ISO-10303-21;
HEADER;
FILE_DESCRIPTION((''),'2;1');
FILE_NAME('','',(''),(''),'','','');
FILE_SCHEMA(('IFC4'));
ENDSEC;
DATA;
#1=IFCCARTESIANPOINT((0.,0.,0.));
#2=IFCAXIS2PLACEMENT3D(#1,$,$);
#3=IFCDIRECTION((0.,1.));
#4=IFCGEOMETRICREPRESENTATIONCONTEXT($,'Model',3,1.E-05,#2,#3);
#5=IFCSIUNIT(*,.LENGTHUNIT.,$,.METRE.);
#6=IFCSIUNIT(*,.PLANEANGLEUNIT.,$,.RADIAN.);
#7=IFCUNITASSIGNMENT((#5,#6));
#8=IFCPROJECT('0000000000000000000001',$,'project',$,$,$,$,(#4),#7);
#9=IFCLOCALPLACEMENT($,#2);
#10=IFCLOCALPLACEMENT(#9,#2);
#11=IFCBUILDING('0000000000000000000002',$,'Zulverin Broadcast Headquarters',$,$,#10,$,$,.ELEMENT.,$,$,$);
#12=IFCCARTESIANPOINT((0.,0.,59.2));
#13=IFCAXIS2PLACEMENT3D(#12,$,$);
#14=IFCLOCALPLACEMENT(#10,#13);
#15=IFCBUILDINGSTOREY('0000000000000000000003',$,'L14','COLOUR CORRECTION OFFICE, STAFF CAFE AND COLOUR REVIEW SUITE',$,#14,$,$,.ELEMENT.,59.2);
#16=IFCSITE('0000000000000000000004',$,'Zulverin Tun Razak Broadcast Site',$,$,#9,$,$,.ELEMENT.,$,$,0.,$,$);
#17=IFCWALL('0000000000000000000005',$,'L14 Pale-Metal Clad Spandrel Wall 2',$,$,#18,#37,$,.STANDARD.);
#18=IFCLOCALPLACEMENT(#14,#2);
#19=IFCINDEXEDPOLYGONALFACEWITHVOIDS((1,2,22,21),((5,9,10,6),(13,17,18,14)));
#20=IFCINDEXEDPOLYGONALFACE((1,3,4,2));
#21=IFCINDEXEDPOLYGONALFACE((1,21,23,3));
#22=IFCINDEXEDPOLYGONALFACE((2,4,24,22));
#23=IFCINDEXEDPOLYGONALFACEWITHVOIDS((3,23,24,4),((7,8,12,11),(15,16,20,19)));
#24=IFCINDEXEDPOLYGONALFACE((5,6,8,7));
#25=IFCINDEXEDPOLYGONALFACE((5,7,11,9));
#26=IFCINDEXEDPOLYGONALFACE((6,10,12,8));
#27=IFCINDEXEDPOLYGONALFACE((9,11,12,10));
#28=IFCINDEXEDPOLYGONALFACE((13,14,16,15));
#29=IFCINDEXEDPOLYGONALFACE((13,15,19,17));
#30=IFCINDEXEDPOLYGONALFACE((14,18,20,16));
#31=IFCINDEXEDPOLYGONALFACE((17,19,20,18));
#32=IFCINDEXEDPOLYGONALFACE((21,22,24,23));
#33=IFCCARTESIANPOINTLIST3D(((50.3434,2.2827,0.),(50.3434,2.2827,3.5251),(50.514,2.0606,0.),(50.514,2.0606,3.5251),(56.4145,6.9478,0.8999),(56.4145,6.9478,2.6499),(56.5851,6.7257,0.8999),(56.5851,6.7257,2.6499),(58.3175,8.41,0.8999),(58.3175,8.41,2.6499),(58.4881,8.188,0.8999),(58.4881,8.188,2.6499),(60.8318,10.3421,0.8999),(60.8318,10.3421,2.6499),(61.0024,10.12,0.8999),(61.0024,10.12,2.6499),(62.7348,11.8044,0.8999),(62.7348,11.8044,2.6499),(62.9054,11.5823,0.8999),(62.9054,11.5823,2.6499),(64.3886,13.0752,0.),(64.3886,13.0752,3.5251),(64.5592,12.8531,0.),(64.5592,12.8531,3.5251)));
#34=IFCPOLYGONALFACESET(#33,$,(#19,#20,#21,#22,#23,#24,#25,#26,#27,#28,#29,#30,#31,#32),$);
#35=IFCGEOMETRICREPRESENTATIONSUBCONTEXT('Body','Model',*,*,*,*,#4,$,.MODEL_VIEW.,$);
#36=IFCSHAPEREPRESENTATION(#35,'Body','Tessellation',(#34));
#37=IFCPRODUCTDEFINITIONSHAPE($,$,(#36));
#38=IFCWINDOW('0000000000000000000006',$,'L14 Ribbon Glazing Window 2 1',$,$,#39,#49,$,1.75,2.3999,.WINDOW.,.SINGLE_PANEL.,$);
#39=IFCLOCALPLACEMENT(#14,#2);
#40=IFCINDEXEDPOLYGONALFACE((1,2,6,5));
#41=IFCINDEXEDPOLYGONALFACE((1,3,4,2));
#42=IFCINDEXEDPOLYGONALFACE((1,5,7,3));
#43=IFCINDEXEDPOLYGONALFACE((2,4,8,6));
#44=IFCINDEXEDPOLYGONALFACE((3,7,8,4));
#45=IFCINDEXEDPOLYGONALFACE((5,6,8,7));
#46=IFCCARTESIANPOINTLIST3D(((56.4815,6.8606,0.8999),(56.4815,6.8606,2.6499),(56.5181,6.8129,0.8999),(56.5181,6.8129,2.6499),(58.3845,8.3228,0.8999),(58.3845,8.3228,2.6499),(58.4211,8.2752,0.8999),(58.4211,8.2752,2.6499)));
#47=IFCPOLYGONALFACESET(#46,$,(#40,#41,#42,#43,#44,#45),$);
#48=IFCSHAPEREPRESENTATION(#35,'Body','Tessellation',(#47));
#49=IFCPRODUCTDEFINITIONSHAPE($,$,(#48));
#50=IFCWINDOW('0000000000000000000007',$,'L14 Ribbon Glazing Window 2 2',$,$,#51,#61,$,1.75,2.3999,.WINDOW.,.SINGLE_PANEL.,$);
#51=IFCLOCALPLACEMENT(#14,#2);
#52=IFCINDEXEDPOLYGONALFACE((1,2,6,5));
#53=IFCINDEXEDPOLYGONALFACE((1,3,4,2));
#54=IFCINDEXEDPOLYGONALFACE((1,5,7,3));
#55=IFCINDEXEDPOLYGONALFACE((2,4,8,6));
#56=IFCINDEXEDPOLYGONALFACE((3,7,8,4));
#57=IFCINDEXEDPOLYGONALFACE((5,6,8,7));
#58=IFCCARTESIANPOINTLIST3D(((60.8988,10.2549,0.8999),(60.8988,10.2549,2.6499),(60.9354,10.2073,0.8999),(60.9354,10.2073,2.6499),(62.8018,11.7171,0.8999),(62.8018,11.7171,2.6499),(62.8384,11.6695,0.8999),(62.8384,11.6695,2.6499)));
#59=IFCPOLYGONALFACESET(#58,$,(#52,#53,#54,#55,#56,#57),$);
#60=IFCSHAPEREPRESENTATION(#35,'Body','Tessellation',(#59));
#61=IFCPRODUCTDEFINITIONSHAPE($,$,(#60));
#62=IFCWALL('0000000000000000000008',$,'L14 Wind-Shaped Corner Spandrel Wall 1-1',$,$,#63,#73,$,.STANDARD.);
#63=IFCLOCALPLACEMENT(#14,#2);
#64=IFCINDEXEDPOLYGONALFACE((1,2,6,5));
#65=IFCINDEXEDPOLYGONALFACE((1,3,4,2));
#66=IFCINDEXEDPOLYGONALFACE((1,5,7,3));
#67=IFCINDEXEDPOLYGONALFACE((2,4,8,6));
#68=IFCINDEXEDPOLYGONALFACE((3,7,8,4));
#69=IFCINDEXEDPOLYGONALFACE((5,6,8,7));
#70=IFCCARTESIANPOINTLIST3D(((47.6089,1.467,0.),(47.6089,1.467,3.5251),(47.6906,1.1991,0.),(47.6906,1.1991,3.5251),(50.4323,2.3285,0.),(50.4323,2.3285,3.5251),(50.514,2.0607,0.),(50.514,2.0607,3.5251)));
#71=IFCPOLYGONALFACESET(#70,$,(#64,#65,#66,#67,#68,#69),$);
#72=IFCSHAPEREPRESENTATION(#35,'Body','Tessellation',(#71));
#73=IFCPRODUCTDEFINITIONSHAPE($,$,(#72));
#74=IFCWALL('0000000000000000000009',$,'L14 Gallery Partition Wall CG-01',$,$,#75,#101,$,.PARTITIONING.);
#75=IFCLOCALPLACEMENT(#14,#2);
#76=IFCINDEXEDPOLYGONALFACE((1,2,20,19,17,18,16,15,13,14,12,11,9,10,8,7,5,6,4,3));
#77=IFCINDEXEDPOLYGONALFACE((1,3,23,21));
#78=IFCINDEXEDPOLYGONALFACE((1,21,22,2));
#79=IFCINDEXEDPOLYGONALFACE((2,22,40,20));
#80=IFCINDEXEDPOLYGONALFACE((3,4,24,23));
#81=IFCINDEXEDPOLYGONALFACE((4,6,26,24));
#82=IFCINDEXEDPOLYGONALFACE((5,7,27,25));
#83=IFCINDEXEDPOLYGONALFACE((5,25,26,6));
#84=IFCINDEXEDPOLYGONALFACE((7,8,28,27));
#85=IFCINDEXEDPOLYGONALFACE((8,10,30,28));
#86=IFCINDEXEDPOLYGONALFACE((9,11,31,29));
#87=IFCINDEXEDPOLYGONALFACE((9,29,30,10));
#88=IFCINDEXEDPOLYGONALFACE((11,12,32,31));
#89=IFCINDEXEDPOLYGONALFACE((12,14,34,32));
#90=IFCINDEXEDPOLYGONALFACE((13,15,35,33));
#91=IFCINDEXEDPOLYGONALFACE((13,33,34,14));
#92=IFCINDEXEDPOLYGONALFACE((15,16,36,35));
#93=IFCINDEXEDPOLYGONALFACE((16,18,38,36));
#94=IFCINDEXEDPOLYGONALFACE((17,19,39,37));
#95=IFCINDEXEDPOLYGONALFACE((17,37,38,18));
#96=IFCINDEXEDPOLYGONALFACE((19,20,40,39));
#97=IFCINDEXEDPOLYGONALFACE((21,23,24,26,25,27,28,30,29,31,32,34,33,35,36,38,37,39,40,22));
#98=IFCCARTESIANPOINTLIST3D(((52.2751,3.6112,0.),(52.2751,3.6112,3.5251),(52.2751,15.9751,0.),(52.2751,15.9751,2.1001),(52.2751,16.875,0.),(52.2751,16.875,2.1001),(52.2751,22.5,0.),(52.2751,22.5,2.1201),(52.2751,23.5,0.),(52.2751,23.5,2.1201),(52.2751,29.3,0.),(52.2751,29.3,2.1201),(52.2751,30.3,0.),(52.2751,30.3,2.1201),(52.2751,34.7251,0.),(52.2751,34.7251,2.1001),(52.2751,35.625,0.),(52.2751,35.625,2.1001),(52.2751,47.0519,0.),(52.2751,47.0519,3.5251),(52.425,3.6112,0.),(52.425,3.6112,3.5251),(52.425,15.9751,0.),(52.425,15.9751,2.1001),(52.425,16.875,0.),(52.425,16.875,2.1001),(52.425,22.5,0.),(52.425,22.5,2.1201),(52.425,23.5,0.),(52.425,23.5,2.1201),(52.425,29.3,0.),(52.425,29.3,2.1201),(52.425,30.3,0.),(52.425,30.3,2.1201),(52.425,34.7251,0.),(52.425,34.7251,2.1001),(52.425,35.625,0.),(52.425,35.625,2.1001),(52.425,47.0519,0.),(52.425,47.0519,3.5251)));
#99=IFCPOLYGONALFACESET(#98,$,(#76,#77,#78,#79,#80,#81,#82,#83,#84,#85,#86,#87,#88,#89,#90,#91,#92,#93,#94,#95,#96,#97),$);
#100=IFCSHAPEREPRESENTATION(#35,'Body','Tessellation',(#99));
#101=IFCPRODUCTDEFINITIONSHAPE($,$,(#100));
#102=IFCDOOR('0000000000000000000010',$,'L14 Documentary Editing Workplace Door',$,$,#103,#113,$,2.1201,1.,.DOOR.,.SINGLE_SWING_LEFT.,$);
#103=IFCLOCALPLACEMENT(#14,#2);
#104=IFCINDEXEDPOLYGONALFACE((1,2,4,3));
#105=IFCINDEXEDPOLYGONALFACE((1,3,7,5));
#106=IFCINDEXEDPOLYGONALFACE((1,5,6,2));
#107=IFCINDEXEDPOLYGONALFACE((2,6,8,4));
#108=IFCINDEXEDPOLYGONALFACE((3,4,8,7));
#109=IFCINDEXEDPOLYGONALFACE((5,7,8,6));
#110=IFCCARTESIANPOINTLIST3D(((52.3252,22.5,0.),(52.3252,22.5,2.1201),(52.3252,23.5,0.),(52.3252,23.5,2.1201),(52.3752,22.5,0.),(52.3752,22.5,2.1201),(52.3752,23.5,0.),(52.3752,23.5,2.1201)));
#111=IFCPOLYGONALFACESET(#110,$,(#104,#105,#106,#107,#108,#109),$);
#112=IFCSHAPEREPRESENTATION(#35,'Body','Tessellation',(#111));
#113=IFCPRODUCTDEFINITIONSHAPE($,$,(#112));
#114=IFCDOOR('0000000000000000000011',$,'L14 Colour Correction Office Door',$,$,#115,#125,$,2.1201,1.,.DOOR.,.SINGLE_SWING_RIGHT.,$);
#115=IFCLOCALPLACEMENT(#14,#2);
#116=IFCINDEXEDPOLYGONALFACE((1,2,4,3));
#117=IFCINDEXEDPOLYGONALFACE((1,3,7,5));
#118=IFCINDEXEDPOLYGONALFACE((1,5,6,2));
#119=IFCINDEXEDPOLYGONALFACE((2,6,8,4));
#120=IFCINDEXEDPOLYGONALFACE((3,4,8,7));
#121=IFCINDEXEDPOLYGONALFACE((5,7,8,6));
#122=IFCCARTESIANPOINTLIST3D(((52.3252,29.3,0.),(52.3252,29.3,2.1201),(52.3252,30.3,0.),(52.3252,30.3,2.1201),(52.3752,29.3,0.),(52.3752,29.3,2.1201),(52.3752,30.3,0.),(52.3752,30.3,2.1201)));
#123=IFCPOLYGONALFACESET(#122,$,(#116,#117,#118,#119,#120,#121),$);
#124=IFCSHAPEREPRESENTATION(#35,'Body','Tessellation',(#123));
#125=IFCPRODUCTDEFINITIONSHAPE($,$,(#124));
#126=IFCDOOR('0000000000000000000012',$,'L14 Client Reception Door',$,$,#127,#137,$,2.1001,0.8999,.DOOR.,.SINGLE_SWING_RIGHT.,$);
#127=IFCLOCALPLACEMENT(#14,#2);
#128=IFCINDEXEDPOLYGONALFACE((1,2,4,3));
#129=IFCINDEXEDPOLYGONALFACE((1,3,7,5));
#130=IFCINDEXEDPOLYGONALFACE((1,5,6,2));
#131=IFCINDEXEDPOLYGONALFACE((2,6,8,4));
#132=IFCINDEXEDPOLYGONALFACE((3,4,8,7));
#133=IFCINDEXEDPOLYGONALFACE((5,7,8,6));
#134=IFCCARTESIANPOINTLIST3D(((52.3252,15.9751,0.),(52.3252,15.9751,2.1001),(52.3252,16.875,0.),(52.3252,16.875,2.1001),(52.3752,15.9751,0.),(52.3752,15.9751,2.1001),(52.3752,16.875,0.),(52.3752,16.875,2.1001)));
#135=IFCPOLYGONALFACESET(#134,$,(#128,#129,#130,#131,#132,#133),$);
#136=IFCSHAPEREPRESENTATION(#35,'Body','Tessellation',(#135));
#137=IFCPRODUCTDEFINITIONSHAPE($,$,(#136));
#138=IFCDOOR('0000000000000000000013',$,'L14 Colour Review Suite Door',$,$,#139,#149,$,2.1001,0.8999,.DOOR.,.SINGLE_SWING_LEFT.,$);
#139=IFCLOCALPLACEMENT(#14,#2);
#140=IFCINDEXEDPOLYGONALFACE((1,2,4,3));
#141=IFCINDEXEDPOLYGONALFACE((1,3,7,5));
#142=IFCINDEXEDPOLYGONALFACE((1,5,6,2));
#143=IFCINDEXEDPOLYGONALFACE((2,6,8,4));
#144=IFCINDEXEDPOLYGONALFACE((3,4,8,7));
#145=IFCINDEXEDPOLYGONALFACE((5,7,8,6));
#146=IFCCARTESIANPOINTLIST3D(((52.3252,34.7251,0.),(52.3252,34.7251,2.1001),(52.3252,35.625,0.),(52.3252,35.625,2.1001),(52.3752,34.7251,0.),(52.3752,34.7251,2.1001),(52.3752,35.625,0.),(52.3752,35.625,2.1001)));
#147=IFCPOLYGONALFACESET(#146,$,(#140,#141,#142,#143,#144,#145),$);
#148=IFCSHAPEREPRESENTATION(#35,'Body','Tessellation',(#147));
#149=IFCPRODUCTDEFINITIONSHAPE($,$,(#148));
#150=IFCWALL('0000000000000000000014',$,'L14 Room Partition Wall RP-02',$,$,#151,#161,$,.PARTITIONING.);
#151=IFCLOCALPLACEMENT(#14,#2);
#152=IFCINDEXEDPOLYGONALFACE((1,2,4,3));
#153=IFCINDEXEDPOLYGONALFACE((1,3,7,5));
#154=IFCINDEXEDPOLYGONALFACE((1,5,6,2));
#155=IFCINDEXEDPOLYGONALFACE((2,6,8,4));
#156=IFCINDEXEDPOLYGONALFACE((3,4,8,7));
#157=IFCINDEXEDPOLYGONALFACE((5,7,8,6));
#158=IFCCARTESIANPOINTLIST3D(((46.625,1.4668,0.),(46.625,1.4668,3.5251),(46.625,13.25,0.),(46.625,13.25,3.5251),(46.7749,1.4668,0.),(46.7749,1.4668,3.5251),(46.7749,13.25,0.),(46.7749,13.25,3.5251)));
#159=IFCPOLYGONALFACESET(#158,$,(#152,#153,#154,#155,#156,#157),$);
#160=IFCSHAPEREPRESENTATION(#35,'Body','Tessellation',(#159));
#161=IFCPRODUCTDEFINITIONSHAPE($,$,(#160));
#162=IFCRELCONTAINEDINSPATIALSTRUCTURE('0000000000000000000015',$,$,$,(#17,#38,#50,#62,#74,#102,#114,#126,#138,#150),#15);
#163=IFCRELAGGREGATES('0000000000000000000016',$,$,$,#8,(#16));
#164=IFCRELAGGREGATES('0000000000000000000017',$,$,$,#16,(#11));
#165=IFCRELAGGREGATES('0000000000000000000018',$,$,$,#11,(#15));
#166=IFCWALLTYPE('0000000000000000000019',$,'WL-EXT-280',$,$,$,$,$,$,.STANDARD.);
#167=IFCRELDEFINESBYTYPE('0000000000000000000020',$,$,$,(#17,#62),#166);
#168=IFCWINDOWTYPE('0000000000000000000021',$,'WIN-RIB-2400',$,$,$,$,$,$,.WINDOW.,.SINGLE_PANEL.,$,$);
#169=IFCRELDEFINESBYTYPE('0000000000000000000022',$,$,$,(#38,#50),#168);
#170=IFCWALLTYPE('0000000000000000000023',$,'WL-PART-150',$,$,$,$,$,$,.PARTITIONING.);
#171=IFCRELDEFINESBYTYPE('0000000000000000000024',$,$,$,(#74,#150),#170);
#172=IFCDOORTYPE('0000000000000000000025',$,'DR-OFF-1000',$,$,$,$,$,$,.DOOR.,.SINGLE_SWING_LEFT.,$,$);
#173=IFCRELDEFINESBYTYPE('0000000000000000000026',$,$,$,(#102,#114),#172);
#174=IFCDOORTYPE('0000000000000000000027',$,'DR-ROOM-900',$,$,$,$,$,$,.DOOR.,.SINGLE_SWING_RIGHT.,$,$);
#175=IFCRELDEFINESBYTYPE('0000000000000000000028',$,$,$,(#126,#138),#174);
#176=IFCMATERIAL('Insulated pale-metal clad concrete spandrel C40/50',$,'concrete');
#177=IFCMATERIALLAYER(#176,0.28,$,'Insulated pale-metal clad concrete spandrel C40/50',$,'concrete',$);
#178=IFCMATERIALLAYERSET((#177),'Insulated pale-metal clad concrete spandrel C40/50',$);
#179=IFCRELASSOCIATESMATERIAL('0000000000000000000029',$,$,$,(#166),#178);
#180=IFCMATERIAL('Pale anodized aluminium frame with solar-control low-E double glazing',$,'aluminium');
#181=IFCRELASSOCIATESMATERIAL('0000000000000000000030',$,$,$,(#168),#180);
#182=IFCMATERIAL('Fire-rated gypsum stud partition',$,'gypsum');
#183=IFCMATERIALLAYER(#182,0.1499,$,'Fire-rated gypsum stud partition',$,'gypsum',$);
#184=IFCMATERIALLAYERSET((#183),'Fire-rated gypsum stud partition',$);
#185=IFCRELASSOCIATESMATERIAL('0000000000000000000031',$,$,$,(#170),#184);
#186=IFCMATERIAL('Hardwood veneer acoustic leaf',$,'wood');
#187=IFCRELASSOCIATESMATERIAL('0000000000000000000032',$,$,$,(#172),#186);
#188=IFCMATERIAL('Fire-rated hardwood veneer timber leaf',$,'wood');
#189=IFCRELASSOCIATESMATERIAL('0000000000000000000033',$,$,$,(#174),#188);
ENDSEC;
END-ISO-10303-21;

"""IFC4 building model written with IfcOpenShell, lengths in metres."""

from ifc_helpers import new_model, si_unit, direction, frame, frame_2d, origin, place, context, subcontext, project, spatial, rectangle, extrude, material, layer, layer_set, type_object, element, fill, save


model = new_model("IFC4")

# Units and contexts
model_context = context("Model", 3, precision=1e-05, world=origin(), true_north=direction((0.0, 1.0)))
body_context = subcontext(model_context, "Body", "Model", "MODEL_VIEW")
ifc_project = project(units=[si_unit("LENGTHUNIT", "METRE"), si_unit("PLANEANGLEUNIT", "RADIAN")], contexts=[model_context])

# Site, building, storey
site_placement = place(None, origin())
site = spatial("IfcSite", under=ifc_project, at=site_placement, Name="Zulverin Tun Razak Broadcast Site", CompositionType="ELEMENT", RefElevation=0.0)
building_placement = place(site_placement, origin())
building = spatial("IfcBuilding", under=site, at=building_placement, Name="Zulverin Broadcast Headquarters", CompositionType="ELEMENT")
storey_placement = place(building_placement, frame((0.0, 0.0, 59.2)))
storey = spatial("IfcBuildingStorey", under=building, at=storey_placement, Name="L14", Description="COLOUR CORRECTION OFFICE, STAFF CAFE AND COLOUR REVIEW SUITE", CompositionType="ELEMENT", Elevation=59.2)

# Wall, openings, windows
ifc_material_1 = material(Name="Insulated pale-metal clad concrete spandrel C40/50", Category="concrete")
ifc_layer_1 = layer(ifc_material_1, 0.28, Name="Insulated pale-metal clad concrete spandrel C40/50", Category="concrete")
ifc_layer_set_1 = layer_set([ifc_layer_1], Name="Insulated pale-metal clad concrete spandrel C40/50")
wall_type_1 = type_object("IfcWallType", Name="WL-EXT-280", PredefinedType="STANDARD", material=ifc_layer_set_1)
wall_1_placement = place(storey_placement, frame((50.4287, 2.1716, 0.0), z_axis=(0.0, 0.0, 1.0), x_axis=(0.792937, 0.609303, 0.0)))
wall_1 = element("IfcWall", 1, at=wall_1_placement, inside=storey, type_object=wall_type_1, Name="L14 Pale-Metal Clad Spandrel Wall 2", PredefinedType="STANDARD", context=body_context, shape_type="SweptSolid", body=[
    extrude(rectangle(XDim=17.7129, YDim=0.28, at=frame_2d((8.8564, 0.0))), origin(), (0.0, 0.0, 1.0), 3.5251),
])
opening_1_placement = place(wall_1_placement, frame((7.6565, 0.0, 0.8999)))
opening_1 = element("IfcOpeningElement", 2, at=opening_1_placement, cuts=wall_1, PredefinedType="OPENING", context=body_context, shape_type="SweptSolid", body=[
    extrude(rectangle(XDim=2.3999, YDim=1.75, at=frame_2d((1.2, 0.875))), frame((0.0, 0.1499, 0.0), z_axis=(0.0, -1.0, 0.0), x_axis=(1.0, 0.0, 0.0)), (0.0, 0.0, 1.0), 0.3),
])
opening_2_placement = place(wall_1_placement, frame((13.2273, 0.0, 0.8999)))
opening_2 = element("IfcOpeningElement", 3, at=opening_2_placement, cuts=wall_1, PredefinedType="OPENING", context=body_context, shape_type="SweptSolid", body=[
    extrude(rectangle(XDim=2.3999, YDim=1.75, at=frame_2d((1.2, 0.875))), frame((0.0, 0.1499, 0.0), z_axis=(0.0, -1.0, 0.0), x_axis=(1.0, 0.0, 0.0)), (0.0, 0.0, 1.0), 0.3),
])
ifc_material_2 = material(Name="Pale anodized aluminium frame with solar-control low-E double glazing", Category="aluminium")
window_type = type_object("IfcWindowType", Name="WIN-RIB-2400", PartitioningType="SINGLE_PANEL", PredefinedType="WINDOW", material=ifc_material_2)
window_1_placement = place(opening_1_placement, origin())
window_1 = element("IfcWindow", 4, at=window_1_placement, inside=storey, type_object=window_type, Name="L14 Ribbon Glazing Window 2 1", OverallHeight=1.75, OverallWidth=2.3999, PartitioningType="SINGLE_PANEL", PredefinedType="WINDOW", context=body_context, shape_type="SweptSolid", body=[
    extrude(rectangle(XDim=2.3999, YDim=1.75, at=frame_2d((1.2, 0.875))), frame((0.0, 0.03, 0.0), z_axis=(0.0, -1.0, 0.0), x_axis=(1.0, 0.0, 0.0)), (0.0, 0.0, 1.0), 0.0601),
])
fill(opening_1, window_1)
window_2_placement = place(opening_2_placement, origin())
window_2 = element("IfcWindow", 5, at=window_2_placement, inside=storey, type_object=window_type, Name="L14 Ribbon Glazing Window 2 2", OverallHeight=1.75, OverallWidth=2.3999, PartitioningType="SINGLE_PANEL", PredefinedType="WINDOW", context=body_context, shape_type="SweptSolid", body=[
    extrude(rectangle(XDim=2.3999, YDim=1.75, at=frame_2d((1.2, 0.875))), frame((0.0, 0.03, 0.0), z_axis=(0.0, -1.0, 0.0), x_axis=(1.0, 0.0, 0.0)), (0.0, 0.0, 1.0), 0.0601),
])
fill(opening_2, window_2)

# Wall
wall_2_placement = place(storey_placement, frame((47.6497, 1.333, 0.0), z_axis=(0.0, 0.0, 1.0), x_axis=(0.956461, 0.291859, 0.0)))
element("IfcWall", 6, at=wall_2_placement, inside=storey, type_object=wall_type_1, Name="L14 Wind-Shaped Corner Spandrel Wall 1-1", PredefinedType="STANDARD", context=body_context, shape_type="SweptSolid", body=[
    extrude(rectangle(XDim=2.9519, YDim=0.28, at=frame_2d((1.4761, 0.0))), origin(), (0.0, 0.0, 1.0), 3.5251),
])

# Wall, openings, doors
ifc_material_3 = material(Name="Fire-rated gypsum stud partition", Category="gypsum")
ifc_layer_2 = layer(ifc_material_3, 0.1499, Name="Fire-rated gypsum stud partition", Category="gypsum")
ifc_layer_set_2 = layer_set([ifc_layer_2], Name="Fire-rated gypsum stud partition")
wall_type_2 = type_object("IfcWallType", Name="WL-PART-150", PredefinedType="PARTITIONING", material=ifc_layer_set_2)
wall_3_placement = place(storey_placement, frame((52.3501, 3.6113, 0.0), z_axis=(0.0, 0.0, 1.0), x_axis=(0.0, 1.0, 0.0)))
wall_3 = element("IfcWall", 7, at=wall_3_placement, inside=storey, type_object=wall_type_2, Name="L14 Gallery Partition Wall CG-01", PredefinedType="PARTITIONING", context=body_context, shape_type="SweptSolid", body=[
    extrude(rectangle(XDim=43.4407, YDim=0.1499, at=frame_2d((21.7202, 0.0))), origin(), (0.0, 0.0, 1.0), 3.5251),
])
opening_3_placement = place(wall_3_placement, frame((12.3638, 0.0, 0.0)))
opening_3 = element("IfcOpeningElement", 8, at=opening_3_placement, cuts=wall_3, PredefinedType="OPENING", context=body_context, shape_type="SweptSolid", body=[
    extrude(rectangle(XDim=0.8999, YDim=2.1001, at=frame_2d((0.45, 1.05))), frame((0.0, 0.085, 0.0), z_axis=(0.0, -1.0, 0.0), x_axis=(1.0, 0.0, 0.0)), (0.0, 0.0, 1.0), 0.1699),
])
opening_4_placement = place(wall_3_placement, frame((18.8887, 0.0, 0.0)))
opening_4 = element("IfcOpeningElement", 9, at=opening_4_placement, cuts=wall_3, PredefinedType="OPENING", context=body_context, shape_type="SweptSolid", body=[
    extrude(rectangle(XDim=1.0, YDim=2.1201, at=frame_2d((0.5, 1.0601))), frame((0.0, 0.085, 0.0), z_axis=(0.0, -1.0, 0.0), x_axis=(1.0, 0.0, 0.0)), (0.0, 0.0, 1.0), 0.1699),
])
opening_5_placement = place(wall_3_placement, frame((25.6887, 0.0, 0.0)))
opening_5 = element("IfcOpeningElement", 10, at=opening_5_placement, cuts=wall_3, PredefinedType="OPENING", context=body_context, shape_type="SweptSolid", body=[
    extrude(rectangle(XDim=1.0, YDim=2.1201, at=frame_2d((0.5, 1.0601))), frame((0.0, 0.085, 0.0), z_axis=(0.0, -1.0, 0.0), x_axis=(1.0, 0.0, 0.0)), (0.0, 0.0, 1.0), 0.1699),
])
opening_6_placement = place(wall_3_placement, frame((31.1138, 0.0, 0.0)))
opening_6 = element("IfcOpeningElement", 11, at=opening_6_placement, cuts=wall_3, PredefinedType="OPENING", context=body_context, shape_type="SweptSolid", body=[
    extrude(rectangle(XDim=0.8999, YDim=2.1001, at=frame_2d((0.45, 1.05))), frame((0.0, 0.085, 0.0), z_axis=(0.0, -1.0, 0.0), x_axis=(1.0, 0.0, 0.0)), (0.0, 0.0, 1.0), 0.1699),
])
ifc_material_4 = material(Name="Hardwood veneer acoustic leaf", Category="wood")
door_type_1 = type_object("IfcDoorType", Name="DR-OFF-1000", OperationType="SINGLE_SWING_LEFT", PredefinedType="DOOR", material=ifc_material_4)
door_1_placement = place(opening_4_placement, origin())
door_1 = element("IfcDoor", 12, at=door_1_placement, inside=storey, type_object=door_type_1, Name="L14 Documentary Editing Workplace Door", OperationType="SINGLE_SWING_LEFT", OverallHeight=2.1201, OverallWidth=1.0, PredefinedType="DOOR", context=body_context, shape_type="SweptSolid", body=[
    extrude(rectangle(XDim=1.0, YDim=2.1201, at=frame_2d((0.5, 1.0601))), frame((0.0, 0.0249, 0.0), z_axis=(0.0, -1.0, 0.0), x_axis=(1.0, 0.0, 0.0)), (0.0, 0.0, 1.0), 0.05),
])
fill(opening_4, door_1)
door_2_placement = place(opening_5_placement, origin())
door_2 = element("IfcDoor", 13, at=door_2_placement, inside=storey, type_object=door_type_1, Name="L14 Colour Correction Office Door", OperationType="SINGLE_SWING_RIGHT", OverallHeight=2.1201, OverallWidth=1.0, PredefinedType="DOOR", context=body_context, shape_type="SweptSolid", body=[
    extrude(rectangle(XDim=1.0, YDim=2.1201, at=frame_2d((0.5, 1.0601))), frame((0.0, 0.0249, 0.0), z_axis=(0.0, -1.0, 0.0), x_axis=(1.0, 0.0, 0.0)), (0.0, 0.0, 1.0), 0.05),
])
fill(opening_5, door_2)
ifc_material_5 = material(Name="Fire-rated hardwood veneer timber leaf", Category="wood")
door_type_2 = type_object("IfcDoorType", Name="DR-ROOM-900", OperationType="SINGLE_SWING_RIGHT", PredefinedType="DOOR", material=ifc_material_5)
door_3_placement = place(opening_3_placement, origin())
door_3 = element("IfcDoor", 14, at=door_3_placement, inside=storey, type_object=door_type_2, Name="L14 Client Reception Door", OperationType="SINGLE_SWING_RIGHT", OverallHeight=2.1001, OverallWidth=0.8999, PredefinedType="DOOR", context=body_context, shape_type="SweptSolid", body=[
    extrude(rectangle(XDim=0.8999, YDim=2.1001, at=frame_2d((0.45, 1.05))), frame((0.0, 0.0249, 0.0), z_axis=(0.0, -1.0, 0.0), x_axis=(1.0, 0.0, 0.0)), (0.0, 0.0, 1.0), 0.05),
])
fill(opening_3, door_3)
door_4_placement = place(opening_6_placement, origin())
door_4 = element("IfcDoor", 15, at=door_4_placement, inside=storey, type_object=door_type_2, Name="L14 Colour Review Suite Door", OperationType="SINGLE_SWING_LEFT", OverallHeight=2.1001, OverallWidth=0.8999, PredefinedType="DOOR", context=body_context, shape_type="SweptSolid", body=[
    extrude(rectangle(XDim=0.8999, YDim=2.1001, at=frame_2d((0.45, 1.05))), frame((0.0, 0.0249, 0.0), z_axis=(0.0, -1.0, 0.0), x_axis=(1.0, 0.0, 0.0)), (0.0, 0.0, 1.0), 0.05),
])
fill(opening_6, door_4)

# Wall
wall_4_placement = place(storey_placement, frame((46.7, 1.4668, 0.0), z_axis=(0.0, 0.0, 1.0), x_axis=(0.0, 1.0, 0.0)))
element("IfcWall", 16, at=wall_4_placement, inside=storey, type_object=wall_type_2, Name="L14 Room Partition Wall RP-02", PredefinedType="PARTITIONING", context=body_context, shape_type="SweptSolid", body=[
    extrude(rectangle(XDim=11.7832, YDim=0.1499, at=frame_2d((5.8916, 0.0))), origin(), (0.0, 0.0, 1.0), 3.5251),
])

save(model, "model.ifc")
